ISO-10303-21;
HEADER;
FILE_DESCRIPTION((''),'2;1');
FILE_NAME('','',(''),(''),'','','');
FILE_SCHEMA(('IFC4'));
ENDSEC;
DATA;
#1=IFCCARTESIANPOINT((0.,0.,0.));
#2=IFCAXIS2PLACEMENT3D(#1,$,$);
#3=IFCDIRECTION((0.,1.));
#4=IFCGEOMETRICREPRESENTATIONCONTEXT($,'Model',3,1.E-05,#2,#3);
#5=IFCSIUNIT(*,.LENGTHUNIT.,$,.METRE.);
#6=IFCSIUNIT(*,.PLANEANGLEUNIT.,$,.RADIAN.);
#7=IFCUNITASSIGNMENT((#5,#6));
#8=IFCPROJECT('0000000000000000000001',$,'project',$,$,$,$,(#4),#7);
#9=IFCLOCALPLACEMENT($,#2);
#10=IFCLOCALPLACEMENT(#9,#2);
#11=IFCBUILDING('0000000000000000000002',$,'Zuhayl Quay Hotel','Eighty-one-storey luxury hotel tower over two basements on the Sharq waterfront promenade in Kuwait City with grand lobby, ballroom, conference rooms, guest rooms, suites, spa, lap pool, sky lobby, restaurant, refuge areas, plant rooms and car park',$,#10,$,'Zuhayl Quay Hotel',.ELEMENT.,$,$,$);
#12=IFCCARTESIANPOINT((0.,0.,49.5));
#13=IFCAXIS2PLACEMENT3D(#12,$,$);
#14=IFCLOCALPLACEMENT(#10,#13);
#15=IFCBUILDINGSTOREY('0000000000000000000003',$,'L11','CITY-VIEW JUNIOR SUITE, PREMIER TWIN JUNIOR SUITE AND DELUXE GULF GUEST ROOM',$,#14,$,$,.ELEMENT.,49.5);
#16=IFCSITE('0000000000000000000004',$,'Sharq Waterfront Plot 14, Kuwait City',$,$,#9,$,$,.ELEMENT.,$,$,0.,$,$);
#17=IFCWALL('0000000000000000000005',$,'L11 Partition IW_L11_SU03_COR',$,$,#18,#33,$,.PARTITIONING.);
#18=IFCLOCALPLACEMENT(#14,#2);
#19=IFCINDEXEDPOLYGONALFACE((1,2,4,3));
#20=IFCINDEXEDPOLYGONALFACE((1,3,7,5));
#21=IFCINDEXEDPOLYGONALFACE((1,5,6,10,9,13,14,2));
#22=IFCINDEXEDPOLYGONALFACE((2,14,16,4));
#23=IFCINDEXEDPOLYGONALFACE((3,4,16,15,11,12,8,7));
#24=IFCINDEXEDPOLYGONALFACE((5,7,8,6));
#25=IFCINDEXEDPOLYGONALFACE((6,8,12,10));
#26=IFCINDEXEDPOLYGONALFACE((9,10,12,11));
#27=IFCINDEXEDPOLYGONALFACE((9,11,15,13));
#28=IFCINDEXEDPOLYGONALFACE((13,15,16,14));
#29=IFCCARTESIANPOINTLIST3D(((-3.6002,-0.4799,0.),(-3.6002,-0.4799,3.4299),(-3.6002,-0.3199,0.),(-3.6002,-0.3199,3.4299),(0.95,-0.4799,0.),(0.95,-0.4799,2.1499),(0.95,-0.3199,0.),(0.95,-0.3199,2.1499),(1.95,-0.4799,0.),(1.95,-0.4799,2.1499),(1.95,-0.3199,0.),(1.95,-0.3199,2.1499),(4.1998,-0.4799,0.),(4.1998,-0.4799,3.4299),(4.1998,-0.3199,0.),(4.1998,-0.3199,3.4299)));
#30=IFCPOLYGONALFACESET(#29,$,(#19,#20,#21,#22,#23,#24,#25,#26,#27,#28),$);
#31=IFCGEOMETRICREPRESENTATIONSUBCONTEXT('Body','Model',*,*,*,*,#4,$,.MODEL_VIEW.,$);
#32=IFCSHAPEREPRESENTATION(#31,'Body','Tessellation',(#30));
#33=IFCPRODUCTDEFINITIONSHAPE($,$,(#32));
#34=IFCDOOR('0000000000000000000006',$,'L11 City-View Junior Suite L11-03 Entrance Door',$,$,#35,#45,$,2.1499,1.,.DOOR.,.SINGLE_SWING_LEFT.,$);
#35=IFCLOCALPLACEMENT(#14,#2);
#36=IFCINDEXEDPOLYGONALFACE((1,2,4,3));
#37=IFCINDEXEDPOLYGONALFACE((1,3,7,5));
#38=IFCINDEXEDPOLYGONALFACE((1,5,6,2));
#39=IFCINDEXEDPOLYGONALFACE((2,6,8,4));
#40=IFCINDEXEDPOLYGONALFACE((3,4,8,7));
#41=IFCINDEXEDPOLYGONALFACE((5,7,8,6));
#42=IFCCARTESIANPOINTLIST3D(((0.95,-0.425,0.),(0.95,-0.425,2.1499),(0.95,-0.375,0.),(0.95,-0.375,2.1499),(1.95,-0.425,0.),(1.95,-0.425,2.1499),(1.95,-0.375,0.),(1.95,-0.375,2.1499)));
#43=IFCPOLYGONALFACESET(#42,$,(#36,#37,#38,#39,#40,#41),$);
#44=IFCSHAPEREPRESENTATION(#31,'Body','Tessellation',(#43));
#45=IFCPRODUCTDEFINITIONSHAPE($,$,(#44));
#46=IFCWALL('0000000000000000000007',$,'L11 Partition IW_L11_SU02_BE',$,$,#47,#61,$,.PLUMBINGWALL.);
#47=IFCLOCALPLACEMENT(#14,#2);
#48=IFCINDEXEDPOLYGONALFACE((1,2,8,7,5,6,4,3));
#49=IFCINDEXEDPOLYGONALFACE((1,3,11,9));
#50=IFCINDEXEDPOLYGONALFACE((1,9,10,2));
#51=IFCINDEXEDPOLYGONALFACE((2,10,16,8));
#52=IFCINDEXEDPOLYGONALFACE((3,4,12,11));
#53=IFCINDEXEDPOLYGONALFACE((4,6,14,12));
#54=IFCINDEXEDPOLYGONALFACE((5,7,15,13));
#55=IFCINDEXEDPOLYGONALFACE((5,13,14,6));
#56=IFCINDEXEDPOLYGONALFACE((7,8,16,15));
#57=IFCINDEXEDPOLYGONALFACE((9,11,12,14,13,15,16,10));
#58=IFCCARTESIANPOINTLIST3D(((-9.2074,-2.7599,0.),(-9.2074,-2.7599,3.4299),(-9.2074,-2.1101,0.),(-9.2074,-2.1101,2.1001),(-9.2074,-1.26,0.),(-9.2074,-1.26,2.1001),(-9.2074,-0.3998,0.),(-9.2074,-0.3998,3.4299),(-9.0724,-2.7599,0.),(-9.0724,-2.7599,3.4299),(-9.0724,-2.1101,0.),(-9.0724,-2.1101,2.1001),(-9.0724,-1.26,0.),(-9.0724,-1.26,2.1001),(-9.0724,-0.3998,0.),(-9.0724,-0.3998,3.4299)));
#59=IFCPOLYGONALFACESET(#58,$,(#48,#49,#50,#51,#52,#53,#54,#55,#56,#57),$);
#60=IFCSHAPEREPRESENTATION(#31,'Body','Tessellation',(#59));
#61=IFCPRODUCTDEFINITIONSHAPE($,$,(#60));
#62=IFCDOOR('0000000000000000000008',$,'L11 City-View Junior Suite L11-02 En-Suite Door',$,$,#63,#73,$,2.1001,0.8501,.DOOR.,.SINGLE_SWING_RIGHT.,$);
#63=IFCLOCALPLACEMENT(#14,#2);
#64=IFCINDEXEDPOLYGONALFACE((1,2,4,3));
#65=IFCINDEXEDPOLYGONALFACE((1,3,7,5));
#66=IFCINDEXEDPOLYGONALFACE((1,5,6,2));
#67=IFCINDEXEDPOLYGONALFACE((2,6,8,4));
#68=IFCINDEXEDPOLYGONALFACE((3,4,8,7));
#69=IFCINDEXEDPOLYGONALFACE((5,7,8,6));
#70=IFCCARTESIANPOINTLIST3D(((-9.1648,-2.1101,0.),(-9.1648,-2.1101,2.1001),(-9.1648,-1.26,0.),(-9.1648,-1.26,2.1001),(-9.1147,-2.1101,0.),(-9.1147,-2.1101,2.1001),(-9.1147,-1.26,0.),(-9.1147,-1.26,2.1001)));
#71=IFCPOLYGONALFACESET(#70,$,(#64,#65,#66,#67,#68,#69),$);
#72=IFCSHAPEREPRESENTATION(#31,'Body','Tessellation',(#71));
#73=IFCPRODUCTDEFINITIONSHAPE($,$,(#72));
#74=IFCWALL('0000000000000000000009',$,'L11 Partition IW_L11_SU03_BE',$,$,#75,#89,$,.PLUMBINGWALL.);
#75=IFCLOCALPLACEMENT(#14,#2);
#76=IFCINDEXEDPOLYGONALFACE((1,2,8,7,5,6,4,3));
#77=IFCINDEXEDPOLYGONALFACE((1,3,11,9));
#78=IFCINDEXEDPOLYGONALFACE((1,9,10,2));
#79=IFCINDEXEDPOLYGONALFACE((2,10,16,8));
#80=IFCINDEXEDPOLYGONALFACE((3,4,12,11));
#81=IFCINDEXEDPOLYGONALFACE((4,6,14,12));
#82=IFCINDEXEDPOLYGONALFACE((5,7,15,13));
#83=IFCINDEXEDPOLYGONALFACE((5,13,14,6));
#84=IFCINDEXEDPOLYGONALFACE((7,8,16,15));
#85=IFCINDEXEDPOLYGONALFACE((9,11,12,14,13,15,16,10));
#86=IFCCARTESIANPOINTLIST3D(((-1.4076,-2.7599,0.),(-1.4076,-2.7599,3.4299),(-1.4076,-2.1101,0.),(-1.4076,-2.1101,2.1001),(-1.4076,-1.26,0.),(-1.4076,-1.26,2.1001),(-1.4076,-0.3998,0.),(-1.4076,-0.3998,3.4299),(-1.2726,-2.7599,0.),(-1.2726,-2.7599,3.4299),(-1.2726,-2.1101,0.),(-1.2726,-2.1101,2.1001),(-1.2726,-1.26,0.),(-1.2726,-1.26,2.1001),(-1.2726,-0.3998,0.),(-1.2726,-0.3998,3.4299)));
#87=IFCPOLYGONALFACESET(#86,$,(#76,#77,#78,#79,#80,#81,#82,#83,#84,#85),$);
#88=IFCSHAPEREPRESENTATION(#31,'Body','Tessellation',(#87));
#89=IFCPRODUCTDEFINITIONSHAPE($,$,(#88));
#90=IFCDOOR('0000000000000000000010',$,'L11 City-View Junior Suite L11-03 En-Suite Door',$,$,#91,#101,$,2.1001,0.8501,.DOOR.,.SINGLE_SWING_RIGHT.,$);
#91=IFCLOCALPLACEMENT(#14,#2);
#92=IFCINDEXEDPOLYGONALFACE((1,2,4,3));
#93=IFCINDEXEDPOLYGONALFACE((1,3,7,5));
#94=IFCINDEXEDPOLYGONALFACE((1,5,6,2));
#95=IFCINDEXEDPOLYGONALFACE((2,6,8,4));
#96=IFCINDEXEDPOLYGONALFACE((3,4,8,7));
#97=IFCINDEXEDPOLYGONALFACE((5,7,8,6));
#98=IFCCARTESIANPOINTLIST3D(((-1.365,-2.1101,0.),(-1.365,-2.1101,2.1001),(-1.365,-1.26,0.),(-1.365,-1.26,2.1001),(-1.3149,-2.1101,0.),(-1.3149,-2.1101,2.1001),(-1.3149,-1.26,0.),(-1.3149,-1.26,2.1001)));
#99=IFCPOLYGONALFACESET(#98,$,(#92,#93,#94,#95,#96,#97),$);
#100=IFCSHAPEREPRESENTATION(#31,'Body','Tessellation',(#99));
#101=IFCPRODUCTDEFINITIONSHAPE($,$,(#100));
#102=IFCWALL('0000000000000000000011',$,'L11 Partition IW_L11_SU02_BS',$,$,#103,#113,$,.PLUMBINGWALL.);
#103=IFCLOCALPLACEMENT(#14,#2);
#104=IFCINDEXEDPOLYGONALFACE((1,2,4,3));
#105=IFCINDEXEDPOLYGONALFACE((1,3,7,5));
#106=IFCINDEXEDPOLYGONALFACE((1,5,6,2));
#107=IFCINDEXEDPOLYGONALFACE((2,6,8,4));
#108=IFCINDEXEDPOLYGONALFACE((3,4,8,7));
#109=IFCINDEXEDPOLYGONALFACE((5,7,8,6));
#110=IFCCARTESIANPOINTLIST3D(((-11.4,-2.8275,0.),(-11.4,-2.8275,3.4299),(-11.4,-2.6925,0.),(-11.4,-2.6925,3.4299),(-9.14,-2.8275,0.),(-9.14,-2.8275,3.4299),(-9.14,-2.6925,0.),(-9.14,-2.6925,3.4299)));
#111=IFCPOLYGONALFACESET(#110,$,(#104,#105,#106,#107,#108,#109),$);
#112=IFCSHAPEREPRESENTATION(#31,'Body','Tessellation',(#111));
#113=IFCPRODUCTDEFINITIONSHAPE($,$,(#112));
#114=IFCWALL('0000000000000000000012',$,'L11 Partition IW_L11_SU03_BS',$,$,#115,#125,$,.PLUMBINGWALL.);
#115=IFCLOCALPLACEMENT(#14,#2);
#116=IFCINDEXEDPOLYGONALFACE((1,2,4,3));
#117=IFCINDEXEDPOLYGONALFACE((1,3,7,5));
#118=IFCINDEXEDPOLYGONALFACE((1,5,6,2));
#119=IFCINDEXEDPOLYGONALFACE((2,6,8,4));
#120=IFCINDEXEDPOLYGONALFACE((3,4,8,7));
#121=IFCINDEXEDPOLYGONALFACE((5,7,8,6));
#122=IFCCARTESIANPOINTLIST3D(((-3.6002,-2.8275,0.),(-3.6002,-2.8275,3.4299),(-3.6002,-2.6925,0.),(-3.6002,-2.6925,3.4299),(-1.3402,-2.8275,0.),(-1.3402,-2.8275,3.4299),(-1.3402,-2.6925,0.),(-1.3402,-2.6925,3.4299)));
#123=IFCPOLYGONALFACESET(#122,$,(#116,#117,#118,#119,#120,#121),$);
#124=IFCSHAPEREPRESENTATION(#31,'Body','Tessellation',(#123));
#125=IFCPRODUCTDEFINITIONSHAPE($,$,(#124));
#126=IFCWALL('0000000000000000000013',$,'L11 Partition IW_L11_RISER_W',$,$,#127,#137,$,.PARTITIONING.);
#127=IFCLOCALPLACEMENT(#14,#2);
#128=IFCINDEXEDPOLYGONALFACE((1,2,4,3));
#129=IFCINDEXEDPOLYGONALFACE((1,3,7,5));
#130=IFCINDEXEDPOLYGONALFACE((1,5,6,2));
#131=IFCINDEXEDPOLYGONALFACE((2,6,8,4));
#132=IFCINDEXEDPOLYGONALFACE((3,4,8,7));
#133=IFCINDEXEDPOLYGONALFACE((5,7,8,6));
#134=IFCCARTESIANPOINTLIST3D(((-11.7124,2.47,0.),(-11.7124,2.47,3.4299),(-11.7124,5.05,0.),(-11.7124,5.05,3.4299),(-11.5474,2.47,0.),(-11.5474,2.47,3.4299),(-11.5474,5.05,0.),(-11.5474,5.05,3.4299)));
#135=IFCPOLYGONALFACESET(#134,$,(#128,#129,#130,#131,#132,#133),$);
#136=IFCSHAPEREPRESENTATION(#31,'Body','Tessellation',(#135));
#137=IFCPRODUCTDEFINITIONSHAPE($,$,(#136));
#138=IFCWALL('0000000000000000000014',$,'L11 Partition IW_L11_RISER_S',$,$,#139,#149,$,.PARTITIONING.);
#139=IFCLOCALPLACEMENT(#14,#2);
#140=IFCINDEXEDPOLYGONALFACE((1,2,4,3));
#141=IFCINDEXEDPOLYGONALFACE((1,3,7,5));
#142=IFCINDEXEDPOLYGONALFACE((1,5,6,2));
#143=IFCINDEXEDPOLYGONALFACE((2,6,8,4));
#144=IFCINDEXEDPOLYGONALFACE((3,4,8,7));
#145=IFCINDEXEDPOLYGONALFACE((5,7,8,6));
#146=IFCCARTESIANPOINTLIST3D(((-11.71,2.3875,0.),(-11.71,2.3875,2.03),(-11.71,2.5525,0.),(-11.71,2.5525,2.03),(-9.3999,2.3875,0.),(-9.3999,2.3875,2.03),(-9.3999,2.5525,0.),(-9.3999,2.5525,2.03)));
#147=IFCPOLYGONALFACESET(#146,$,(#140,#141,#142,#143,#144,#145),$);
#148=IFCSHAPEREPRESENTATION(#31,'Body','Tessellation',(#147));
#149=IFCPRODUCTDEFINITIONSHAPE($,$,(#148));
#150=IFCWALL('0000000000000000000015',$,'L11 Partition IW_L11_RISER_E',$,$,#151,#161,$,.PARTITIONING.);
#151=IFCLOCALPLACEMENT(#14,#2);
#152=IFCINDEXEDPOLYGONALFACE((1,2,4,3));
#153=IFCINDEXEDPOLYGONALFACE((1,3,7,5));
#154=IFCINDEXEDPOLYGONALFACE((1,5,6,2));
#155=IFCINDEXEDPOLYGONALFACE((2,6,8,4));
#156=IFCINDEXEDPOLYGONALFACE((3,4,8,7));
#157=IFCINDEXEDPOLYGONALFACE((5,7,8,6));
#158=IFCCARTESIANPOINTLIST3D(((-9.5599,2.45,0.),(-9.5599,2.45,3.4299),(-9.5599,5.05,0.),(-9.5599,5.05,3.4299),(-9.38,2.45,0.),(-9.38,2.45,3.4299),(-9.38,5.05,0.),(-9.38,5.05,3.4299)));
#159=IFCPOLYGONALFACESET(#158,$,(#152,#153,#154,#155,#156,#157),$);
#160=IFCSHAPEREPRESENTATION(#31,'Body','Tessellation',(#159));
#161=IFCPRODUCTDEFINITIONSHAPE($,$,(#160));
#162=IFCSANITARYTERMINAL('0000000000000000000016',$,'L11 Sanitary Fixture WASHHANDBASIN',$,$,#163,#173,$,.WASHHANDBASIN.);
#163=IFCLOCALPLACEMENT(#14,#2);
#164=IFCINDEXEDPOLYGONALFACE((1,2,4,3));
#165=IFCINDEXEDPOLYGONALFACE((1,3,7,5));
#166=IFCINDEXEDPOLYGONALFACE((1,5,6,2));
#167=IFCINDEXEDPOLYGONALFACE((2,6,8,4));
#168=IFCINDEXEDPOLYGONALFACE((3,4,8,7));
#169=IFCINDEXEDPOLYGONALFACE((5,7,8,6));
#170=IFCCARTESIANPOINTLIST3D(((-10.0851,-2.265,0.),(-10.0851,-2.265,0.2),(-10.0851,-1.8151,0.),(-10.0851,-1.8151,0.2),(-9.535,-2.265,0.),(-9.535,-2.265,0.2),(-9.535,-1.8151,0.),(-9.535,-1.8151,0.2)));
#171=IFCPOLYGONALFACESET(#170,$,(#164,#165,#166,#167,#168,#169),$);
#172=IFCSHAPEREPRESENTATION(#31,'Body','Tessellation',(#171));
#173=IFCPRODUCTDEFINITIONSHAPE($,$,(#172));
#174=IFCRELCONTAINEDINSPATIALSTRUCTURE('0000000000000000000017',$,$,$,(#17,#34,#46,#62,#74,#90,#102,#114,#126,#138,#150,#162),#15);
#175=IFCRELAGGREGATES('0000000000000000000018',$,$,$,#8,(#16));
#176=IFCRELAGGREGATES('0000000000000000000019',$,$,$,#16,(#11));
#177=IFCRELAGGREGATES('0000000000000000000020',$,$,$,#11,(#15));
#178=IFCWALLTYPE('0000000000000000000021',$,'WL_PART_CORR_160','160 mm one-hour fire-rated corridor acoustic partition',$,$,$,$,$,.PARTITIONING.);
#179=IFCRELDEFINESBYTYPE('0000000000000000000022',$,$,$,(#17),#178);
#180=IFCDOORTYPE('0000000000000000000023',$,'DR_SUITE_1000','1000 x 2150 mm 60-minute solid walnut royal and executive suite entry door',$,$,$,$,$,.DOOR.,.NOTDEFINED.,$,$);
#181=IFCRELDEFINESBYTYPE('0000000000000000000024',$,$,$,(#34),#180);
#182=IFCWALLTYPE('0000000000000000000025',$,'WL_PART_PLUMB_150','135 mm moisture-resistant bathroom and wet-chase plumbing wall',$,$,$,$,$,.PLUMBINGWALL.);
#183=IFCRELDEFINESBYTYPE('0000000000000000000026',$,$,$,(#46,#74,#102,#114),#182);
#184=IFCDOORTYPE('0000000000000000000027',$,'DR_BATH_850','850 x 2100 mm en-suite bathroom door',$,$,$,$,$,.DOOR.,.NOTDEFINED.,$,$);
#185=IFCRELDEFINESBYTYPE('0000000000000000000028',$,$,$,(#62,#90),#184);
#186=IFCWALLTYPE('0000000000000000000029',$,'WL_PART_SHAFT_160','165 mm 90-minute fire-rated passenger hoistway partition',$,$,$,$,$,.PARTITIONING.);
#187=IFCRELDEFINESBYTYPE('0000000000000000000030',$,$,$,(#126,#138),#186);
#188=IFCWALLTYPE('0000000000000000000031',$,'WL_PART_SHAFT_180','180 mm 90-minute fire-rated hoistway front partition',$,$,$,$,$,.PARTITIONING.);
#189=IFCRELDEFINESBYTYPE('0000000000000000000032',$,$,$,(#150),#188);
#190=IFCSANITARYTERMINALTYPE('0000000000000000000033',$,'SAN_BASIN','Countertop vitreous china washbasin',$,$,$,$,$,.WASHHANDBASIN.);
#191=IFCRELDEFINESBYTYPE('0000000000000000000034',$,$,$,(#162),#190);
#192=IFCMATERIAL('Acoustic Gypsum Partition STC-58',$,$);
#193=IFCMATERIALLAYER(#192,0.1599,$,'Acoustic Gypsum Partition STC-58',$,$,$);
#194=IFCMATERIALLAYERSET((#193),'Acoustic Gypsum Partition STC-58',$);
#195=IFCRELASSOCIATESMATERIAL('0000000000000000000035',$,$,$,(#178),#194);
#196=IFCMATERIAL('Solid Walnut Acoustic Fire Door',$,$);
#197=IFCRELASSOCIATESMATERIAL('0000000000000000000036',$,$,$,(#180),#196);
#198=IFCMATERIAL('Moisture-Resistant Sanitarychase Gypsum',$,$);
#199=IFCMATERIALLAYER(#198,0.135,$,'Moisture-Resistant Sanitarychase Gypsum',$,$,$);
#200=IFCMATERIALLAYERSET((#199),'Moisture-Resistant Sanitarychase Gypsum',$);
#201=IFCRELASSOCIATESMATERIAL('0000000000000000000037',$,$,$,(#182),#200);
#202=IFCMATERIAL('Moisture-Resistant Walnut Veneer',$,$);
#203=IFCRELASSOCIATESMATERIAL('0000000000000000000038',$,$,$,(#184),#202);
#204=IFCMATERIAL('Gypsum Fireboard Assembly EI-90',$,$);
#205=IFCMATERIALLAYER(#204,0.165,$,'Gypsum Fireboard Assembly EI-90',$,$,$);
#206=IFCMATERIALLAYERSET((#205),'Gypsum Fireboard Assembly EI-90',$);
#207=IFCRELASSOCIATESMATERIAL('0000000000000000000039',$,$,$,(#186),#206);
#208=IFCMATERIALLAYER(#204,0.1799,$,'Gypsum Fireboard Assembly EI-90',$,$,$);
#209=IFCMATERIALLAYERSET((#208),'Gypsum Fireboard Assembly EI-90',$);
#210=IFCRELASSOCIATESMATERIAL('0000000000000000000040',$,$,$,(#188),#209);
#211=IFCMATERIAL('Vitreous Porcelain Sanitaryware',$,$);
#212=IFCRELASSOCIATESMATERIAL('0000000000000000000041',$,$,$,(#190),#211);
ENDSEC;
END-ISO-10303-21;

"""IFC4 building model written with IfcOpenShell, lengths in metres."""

from ifc_helpers import new_model, si_unit, direction, frame, frame_2d, origin, origin_2d, place, context, subcontext, project, spatial, rectangle, extrude, material, layer, layer_set, type_object, element, fill, save


model = new_model("IFC4")

# Units and contexts
model_context = context("Model", 3, precision=1e-05, world=origin(), true_north=direction((0.0, 1.0)))
body_context = subcontext(model_context, "Body", "Model", "MODEL_VIEW")
ifc_project = project(units=[si_unit("LENGTHUNIT", "METRE"), si_unit("PLANEANGLEUNIT", "RADIAN")], contexts=[model_context])

# Site, building, storey
site_placement = place(None, origin())
site = spatial("IfcSite", under=ifc_project, at=site_placement, Name="Sharq Waterfront Plot 14, Kuwait City", CompositionType="ELEMENT", RefElevation=0.0)
building_placement = place(site_placement, origin())
building = spatial("IfcBuilding", under=site, at=building_placement, Name="Zuhayl Quay Hotel", Description="Eighty-one-storey luxury hotel tower over two basements on the Sharq waterfront promenade in Kuwait City with grand lobby, ballroom, conference rooms, guest rooms, suites, spa, lap pool, sky lobby, restaurant, refuge areas, plant rooms and car park", LongName="Zuhayl Quay Hotel", CompositionType="ELEMENT")
storey_placement = place(building_placement, frame((0.0, 0.0, 49.5)))
storey = spatial("IfcBuildingStorey", under=building, at=storey_placement, Name="L11", Description="CITY-VIEW JUNIOR SUITE, PREMIER TWIN JUNIOR SUITE AND DELUXE GULF GUEST ROOM", CompositionType="ELEMENT", Elevation=49.5)

# Walls, openings, doors
ifc_material_1 = material(Name="Acoustic Gypsum Partition STC-58")
ifc_layer_1 = layer(ifc_material_1, 0.1599, Name="Acoustic Gypsum Partition STC-58")
ifc_layer_set_1 = layer_set([ifc_layer_1], Name="Acoustic Gypsum Partition STC-58")
wall_type_1 = type_object("IfcWallType", Name="WL_PART_CORR_160", Description="160 mm one-hour fire-rated corridor acoustic partition", PredefinedType="PARTITIONING", material=ifc_layer_set_1)
ifc_material_2 = material(Name="Solid Walnut Acoustic Fire Door")
door_type_1 = type_object("IfcDoorType", Name="DR_SUITE_1000", Description="1000 x 2150 mm 60-minute solid walnut royal and executive suite entry door", OperationType="NOTDEFINED", PredefinedType="DOOR", material=ifc_material_2)
wall_1_placement = place(storey_placement, frame((-3.6001, -0.3999, 0.0), z_axis=(0.0, 0.0, 1.0), x_axis=(1.0, 0.0, 0.0)))
wall_1 = element("IfcWall", 1, at=wall_1_placement, inside=storey, type_object=wall_type_1, Name="L11 Partition IW_L11_SU03_COR", PredefinedType="PARTITIONING", context=body_context, shape_type="SweptSolid", body=[
    extrude(rectangle(XDim=7.8, YDim=0.1599, at=frame_2d((3.8999, 0.0))), origin(), (0.0, 0.0, 1.0), 3.4299),
])
opening_1_placement = place(wall_1_placement, frame((4.55, 0.0, 0.0)))
opening_1 = element("IfcOpeningElement", 2, at=opening_1_placement, cuts=wall_1, PredefinedType="OPENING", context=body_context, shape_type="SweptSolid", body=[
    extrude(rectangle(XDim=1.0, YDim=2.1499, at=frame_2d((0.5, 1.075))), frame((0.0, 0.0898, 0.0), z_axis=(0.0, -1.0, 0.0), x_axis=(1.0, 0.0, 0.0)), (0.0, 0.0, 1.0), 0.1799),
])
door_1_placement = place(opening_1_placement, origin())
door_1 = element("IfcDoor", 3, at=door_1_placement, inside=storey, type_object=door_type_1, Name="L11 City-View Junior Suite L11-03 Entrance Door", OperationType="SINGLE_SWING_LEFT", OverallHeight=2.1499, OverallWidth=1.0, PredefinedType="DOOR", context=body_context, shape_type="SweptSolid", body=[
    extrude(rectangle(XDim=1.0, YDim=2.1499, at=frame_2d((0.5, 1.075))), frame((0.0, 0.0249, 0.0), z_axis=(0.0, -1.0, 0.0), x_axis=(1.0, 0.0, 0.0)), (0.0, 0.0, 1.0), 0.05),
])
fill(opening_1, door_1)
ifc_material_3 = material(Name="Moisture-Resistant Sanitarychase Gypsum")
ifc_layer_2 = layer(ifc_material_3, 0.135, Name="Moisture-Resistant Sanitarychase Gypsum")
ifc_layer_set_2 = layer_set([ifc_layer_2], Name="Moisture-Resistant Sanitarychase Gypsum")
wall_type_2 = type_object("IfcWallType", Name="WL_PART_PLUMB_150", Description="135 mm moisture-resistant bathroom and wet-chase plumbing wall", PredefinedType="PLUMBINGWALL", material=ifc_layer_set_2)
wall_2_placement = place(storey_placement, frame((-9.1399, -2.76, 0.0), z_axis=(0.0, 0.0, 1.0), x_axis=(0.0, 1.0, 0.0)))
wall_2 = element("IfcWall", 4, at=wall_2_placement, inside=storey, type_object=wall_type_2, Name="L11 Partition IW_L11_SU02_BE", PredefinedType="PLUMBINGWALL", context=body_context, shape_type="SweptSolid", body=[
    extrude(rectangle(XDim=2.3601, YDim=0.135, at=frame_2d((1.1802, 0.0))), origin(), (0.0, 0.0, 1.0), 3.4299),
])
opening_2_placement = place(wall_2_placement, frame((0.6499, 0.0, 0.0)))
opening_2 = element("IfcOpeningElement", 5, at=opening_2_placement, cuts=wall_2, PredefinedType="OPENING", context=body_context, shape_type="SweptSolid", body=[
    extrude(rectangle(XDim=0.8501, YDim=2.1001, at=frame_2d((0.425, 1.05))), frame((0.0, 0.0774, 0.0), z_axis=(0.0, -1.0, 0.0), x_axis=(1.0, 0.0, 0.0)), (0.0, 0.0, 1.0), 0.155),
])
ifc_material_4 = material(Name="Moisture-Resistant Walnut Veneer")
door_type_2 = type_object("IfcDoorType", Name="DR_BATH_850", Description="850 x 2100 mm en-suite bathroom door", OperationType="NOTDEFINED", PredefinedType="DOOR", material=ifc_material_4)
door_2_placement = place(opening_2_placement, origin())
door_2 = element("IfcDoor", 6, at=door_2_placement, inside=storey, type_object=door_type_2, Name="L11 City-View Junior Suite L11-02 En-Suite Door", OperationType="SINGLE_SWING_RIGHT", OverallHeight=2.1001, OverallWidth=0.8501, PredefinedType="DOOR", context=body_context, shape_type="SweptSolid", body=[
    extrude(rectangle(XDim=0.8501, YDim=2.1001, at=frame_2d((0.425, 1.05))), frame((0.0, 0.0249, 0.0), z_axis=(0.0, -1.0, 0.0), x_axis=(1.0, 0.0, 0.0)), (0.0, 0.0, 1.0), 0.05),
])
fill(opening_2, door_2)
wall_3_placement = place(storey_placement, frame((-1.3401, -2.76, 0.0), z_axis=(0.0, 0.0, 1.0), x_axis=(0.0, 1.0, 0.0)))
wall_3 = element("IfcWall", 7, at=wall_3_placement, inside=storey, type_object=wall_type_2, Name="L11 Partition IW_L11_SU03_BE", PredefinedType="PLUMBINGWALL", context=body_context, shape_type="SweptSolid", body=[
    extrude(rectangle(XDim=2.3601, YDim=0.135, at=frame_2d((1.1802, 0.0))), origin(), (0.0, 0.0, 1.0), 3.4299),
])
opening_3_placement = place(wall_3_placement, frame((0.6499, 0.0, 0.0)))
opening_3 = element("IfcOpeningElement", 8, at=opening_3_placement, cuts=wall_3, PredefinedType="OPENING", context=body_context, shape_type="SweptSolid", body=[
    extrude(rectangle(XDim=0.8501, YDim=2.1001, at=frame_2d((0.425, 1.05))), frame((0.0, 0.0774, 0.0), z_axis=(0.0, -1.0, 0.0), x_axis=(1.0, 0.0, 0.0)), (0.0, 0.0, 1.0), 0.155),
])
door_3_placement = place(opening_3_placement, origin())
door_3 = element("IfcDoor", 9, at=door_3_placement, inside=storey, type_object=door_type_2, Name="L11 City-View Junior Suite L11-03 En-Suite Door", OperationType="SINGLE_SWING_RIGHT", OverallHeight=2.1001, OverallWidth=0.8501, PredefinedType="DOOR", context=body_context, shape_type="SweptSolid", body=[
    extrude(rectangle(XDim=0.8501, YDim=2.1001, at=frame_2d((0.425, 1.05))), frame((0.0, 0.0249, 0.0), z_axis=(0.0, -1.0, 0.0), x_axis=(1.0, 0.0, 0.0)), (0.0, 0.0, 1.0), 0.05),
])
fill(opening_3, door_3)

# Walls
for number, where, z_axis, x_axis, name in (
    (10, (-11.3999, -2.76, 0.0), (0.0, 0.0, 1.0), (1.0, 0.0, 0.0), "L11 Partition IW_L11_SU02_BS"),
    (11, (-3.6001, -2.76, 0.0), (0.0, 0.0, 1.0), (1.0, 0.0, 0.0), "L11 Partition IW_L11_SU03_BS"),
):
    element("IfcWall", number, at=place(storey_placement, frame(where, z_axis=z_axis, x_axis=x_axis)), inside=storey, type_object=wall_type_2, Name=name, PredefinedType="PLUMBINGWALL", context=body_context, shape_type="SweptSolid", body=[
        extrude(rectangle(XDim=2.26, YDim=0.135, at=frame_2d((1.1299, 0.0))), origin(), (0.0, 0.0, 1.0), 3.4299),
    ])
ifc_material_5 = material(Name="Gypsum Fireboard Assembly EI-90")
ifc_layer_3 = layer(ifc_material_5, 0.165, Name="Gypsum Fireboard Assembly EI-90")
ifc_layer_set_3 = layer_set([ifc_layer_3], Name="Gypsum Fireboard Assembly EI-90")
wall_type_3 = type_object("IfcWallType", Name="WL_PART_SHAFT_160", Description="165 mm 90-minute fire-rated passenger hoistway partition", PredefinedType="PARTITIONING", material=ifc_layer_set_3)
wall_4_placement = place(storey_placement, frame((-11.6299, 2.47, 0.0), z_axis=(0.0, 0.0, 1.0), x_axis=(0.0, 1.0, 0.0)))
element("IfcWall", 12, at=wall_4_placement, inside=storey, type_object=wall_type_3, Name="L11 Partition IW_L11_RISER_W", PredefinedType="PARTITIONING", context=body_context, shape_type="SweptSolid", body=[
    extrude(rectangle(XDim=2.5801, YDim=0.165, at=frame_2d((1.29, 0.0))), origin(), (0.0, 0.0, 1.0), 3.4299),
])
wall_5_placement = place(storey_placement, frame((-11.71, 2.47, 0.0), z_axis=(0.0, 0.0, 1.0), x_axis=(1.0, 0.0, 0.0)))
element("IfcWall", 13, at=wall_5_placement, inside=storey, type_object=wall_type_3, Name="L11 Partition IW_L11_RISER_S", PredefinedType="PARTITIONING", context=body_context, shape_type="SweptSolid", body=[
    extrude(rectangle(XDim=2.3101, YDim=0.165, at=frame_2d((1.155, 0.0))), origin(), (0.0, 0.0, 1.0), 2.03),
])
ifc_layer_4 = layer(ifc_material_5, 0.1799, Name="Gypsum Fireboard Assembly EI-90")
ifc_layer_set_4 = layer_set([ifc_layer_4], Name="Gypsum Fireboard Assembly EI-90")
wall_type_4 = type_object("IfcWallType", Name="WL_PART_SHAFT_180", Description="180 mm 90-minute fire-rated hoistway front partition", PredefinedType="PARTITIONING", material=ifc_layer_set_4)
wall_6_placement = place(storey_placement, frame((-9.47, 2.45, 0.0), z_axis=(0.0, 0.0, 1.0), x_axis=(0.0, 1.0, 0.0)))
element("IfcWall", 14, at=wall_6_placement, inside=storey, type_object=wall_type_4, Name="L11 Partition IW_L11_RISER_E", PredefinedType="PARTITIONING", context=body_context, shape_type="SweptSolid", body=[
    extrude(rectangle(XDim=2.6001, YDim=0.1799, at=frame_2d((1.3, 0.0))), origin(), (0.0, 0.0, 1.0), 3.4299),
])

# Sanitary terminal
ifc_material_6 = material(Name="Vitreous Porcelain Sanitaryware")
sanitary_terminal_type_1 = type_object("IfcSanitaryTerminalType", Name="SAN_BASIN", Description="Countertop vitreous china washbasin", PredefinedType="WASHHANDBASIN", material=ifc_material_6)
for number, where, z_axis, x_axis, name in (
    (15, (-9.8101, -2.04, 0.0), (0.0, 0.0, 1.0), (1.0, 0.0, 0.0), "L11 Sanitary Fixture WASHHANDBASIN"),
):
    element("IfcSanitaryTerminal", number, at=place(storey_placement, frame(where, z_axis=z_axis, x_axis=x_axis)), inside=storey, type_object=sanitary_terminal_type_1, Name=name, PredefinedType="WASHHANDBASIN", context=body_context, shape_type="SweptSolid", body=[
        extrude(rectangle(XDim=0.55, YDim=0.45, at=origin_2d()), origin(), (0.0, 0.0, 1.0), 0.2),
    ])

save(model, "model.ifc")
